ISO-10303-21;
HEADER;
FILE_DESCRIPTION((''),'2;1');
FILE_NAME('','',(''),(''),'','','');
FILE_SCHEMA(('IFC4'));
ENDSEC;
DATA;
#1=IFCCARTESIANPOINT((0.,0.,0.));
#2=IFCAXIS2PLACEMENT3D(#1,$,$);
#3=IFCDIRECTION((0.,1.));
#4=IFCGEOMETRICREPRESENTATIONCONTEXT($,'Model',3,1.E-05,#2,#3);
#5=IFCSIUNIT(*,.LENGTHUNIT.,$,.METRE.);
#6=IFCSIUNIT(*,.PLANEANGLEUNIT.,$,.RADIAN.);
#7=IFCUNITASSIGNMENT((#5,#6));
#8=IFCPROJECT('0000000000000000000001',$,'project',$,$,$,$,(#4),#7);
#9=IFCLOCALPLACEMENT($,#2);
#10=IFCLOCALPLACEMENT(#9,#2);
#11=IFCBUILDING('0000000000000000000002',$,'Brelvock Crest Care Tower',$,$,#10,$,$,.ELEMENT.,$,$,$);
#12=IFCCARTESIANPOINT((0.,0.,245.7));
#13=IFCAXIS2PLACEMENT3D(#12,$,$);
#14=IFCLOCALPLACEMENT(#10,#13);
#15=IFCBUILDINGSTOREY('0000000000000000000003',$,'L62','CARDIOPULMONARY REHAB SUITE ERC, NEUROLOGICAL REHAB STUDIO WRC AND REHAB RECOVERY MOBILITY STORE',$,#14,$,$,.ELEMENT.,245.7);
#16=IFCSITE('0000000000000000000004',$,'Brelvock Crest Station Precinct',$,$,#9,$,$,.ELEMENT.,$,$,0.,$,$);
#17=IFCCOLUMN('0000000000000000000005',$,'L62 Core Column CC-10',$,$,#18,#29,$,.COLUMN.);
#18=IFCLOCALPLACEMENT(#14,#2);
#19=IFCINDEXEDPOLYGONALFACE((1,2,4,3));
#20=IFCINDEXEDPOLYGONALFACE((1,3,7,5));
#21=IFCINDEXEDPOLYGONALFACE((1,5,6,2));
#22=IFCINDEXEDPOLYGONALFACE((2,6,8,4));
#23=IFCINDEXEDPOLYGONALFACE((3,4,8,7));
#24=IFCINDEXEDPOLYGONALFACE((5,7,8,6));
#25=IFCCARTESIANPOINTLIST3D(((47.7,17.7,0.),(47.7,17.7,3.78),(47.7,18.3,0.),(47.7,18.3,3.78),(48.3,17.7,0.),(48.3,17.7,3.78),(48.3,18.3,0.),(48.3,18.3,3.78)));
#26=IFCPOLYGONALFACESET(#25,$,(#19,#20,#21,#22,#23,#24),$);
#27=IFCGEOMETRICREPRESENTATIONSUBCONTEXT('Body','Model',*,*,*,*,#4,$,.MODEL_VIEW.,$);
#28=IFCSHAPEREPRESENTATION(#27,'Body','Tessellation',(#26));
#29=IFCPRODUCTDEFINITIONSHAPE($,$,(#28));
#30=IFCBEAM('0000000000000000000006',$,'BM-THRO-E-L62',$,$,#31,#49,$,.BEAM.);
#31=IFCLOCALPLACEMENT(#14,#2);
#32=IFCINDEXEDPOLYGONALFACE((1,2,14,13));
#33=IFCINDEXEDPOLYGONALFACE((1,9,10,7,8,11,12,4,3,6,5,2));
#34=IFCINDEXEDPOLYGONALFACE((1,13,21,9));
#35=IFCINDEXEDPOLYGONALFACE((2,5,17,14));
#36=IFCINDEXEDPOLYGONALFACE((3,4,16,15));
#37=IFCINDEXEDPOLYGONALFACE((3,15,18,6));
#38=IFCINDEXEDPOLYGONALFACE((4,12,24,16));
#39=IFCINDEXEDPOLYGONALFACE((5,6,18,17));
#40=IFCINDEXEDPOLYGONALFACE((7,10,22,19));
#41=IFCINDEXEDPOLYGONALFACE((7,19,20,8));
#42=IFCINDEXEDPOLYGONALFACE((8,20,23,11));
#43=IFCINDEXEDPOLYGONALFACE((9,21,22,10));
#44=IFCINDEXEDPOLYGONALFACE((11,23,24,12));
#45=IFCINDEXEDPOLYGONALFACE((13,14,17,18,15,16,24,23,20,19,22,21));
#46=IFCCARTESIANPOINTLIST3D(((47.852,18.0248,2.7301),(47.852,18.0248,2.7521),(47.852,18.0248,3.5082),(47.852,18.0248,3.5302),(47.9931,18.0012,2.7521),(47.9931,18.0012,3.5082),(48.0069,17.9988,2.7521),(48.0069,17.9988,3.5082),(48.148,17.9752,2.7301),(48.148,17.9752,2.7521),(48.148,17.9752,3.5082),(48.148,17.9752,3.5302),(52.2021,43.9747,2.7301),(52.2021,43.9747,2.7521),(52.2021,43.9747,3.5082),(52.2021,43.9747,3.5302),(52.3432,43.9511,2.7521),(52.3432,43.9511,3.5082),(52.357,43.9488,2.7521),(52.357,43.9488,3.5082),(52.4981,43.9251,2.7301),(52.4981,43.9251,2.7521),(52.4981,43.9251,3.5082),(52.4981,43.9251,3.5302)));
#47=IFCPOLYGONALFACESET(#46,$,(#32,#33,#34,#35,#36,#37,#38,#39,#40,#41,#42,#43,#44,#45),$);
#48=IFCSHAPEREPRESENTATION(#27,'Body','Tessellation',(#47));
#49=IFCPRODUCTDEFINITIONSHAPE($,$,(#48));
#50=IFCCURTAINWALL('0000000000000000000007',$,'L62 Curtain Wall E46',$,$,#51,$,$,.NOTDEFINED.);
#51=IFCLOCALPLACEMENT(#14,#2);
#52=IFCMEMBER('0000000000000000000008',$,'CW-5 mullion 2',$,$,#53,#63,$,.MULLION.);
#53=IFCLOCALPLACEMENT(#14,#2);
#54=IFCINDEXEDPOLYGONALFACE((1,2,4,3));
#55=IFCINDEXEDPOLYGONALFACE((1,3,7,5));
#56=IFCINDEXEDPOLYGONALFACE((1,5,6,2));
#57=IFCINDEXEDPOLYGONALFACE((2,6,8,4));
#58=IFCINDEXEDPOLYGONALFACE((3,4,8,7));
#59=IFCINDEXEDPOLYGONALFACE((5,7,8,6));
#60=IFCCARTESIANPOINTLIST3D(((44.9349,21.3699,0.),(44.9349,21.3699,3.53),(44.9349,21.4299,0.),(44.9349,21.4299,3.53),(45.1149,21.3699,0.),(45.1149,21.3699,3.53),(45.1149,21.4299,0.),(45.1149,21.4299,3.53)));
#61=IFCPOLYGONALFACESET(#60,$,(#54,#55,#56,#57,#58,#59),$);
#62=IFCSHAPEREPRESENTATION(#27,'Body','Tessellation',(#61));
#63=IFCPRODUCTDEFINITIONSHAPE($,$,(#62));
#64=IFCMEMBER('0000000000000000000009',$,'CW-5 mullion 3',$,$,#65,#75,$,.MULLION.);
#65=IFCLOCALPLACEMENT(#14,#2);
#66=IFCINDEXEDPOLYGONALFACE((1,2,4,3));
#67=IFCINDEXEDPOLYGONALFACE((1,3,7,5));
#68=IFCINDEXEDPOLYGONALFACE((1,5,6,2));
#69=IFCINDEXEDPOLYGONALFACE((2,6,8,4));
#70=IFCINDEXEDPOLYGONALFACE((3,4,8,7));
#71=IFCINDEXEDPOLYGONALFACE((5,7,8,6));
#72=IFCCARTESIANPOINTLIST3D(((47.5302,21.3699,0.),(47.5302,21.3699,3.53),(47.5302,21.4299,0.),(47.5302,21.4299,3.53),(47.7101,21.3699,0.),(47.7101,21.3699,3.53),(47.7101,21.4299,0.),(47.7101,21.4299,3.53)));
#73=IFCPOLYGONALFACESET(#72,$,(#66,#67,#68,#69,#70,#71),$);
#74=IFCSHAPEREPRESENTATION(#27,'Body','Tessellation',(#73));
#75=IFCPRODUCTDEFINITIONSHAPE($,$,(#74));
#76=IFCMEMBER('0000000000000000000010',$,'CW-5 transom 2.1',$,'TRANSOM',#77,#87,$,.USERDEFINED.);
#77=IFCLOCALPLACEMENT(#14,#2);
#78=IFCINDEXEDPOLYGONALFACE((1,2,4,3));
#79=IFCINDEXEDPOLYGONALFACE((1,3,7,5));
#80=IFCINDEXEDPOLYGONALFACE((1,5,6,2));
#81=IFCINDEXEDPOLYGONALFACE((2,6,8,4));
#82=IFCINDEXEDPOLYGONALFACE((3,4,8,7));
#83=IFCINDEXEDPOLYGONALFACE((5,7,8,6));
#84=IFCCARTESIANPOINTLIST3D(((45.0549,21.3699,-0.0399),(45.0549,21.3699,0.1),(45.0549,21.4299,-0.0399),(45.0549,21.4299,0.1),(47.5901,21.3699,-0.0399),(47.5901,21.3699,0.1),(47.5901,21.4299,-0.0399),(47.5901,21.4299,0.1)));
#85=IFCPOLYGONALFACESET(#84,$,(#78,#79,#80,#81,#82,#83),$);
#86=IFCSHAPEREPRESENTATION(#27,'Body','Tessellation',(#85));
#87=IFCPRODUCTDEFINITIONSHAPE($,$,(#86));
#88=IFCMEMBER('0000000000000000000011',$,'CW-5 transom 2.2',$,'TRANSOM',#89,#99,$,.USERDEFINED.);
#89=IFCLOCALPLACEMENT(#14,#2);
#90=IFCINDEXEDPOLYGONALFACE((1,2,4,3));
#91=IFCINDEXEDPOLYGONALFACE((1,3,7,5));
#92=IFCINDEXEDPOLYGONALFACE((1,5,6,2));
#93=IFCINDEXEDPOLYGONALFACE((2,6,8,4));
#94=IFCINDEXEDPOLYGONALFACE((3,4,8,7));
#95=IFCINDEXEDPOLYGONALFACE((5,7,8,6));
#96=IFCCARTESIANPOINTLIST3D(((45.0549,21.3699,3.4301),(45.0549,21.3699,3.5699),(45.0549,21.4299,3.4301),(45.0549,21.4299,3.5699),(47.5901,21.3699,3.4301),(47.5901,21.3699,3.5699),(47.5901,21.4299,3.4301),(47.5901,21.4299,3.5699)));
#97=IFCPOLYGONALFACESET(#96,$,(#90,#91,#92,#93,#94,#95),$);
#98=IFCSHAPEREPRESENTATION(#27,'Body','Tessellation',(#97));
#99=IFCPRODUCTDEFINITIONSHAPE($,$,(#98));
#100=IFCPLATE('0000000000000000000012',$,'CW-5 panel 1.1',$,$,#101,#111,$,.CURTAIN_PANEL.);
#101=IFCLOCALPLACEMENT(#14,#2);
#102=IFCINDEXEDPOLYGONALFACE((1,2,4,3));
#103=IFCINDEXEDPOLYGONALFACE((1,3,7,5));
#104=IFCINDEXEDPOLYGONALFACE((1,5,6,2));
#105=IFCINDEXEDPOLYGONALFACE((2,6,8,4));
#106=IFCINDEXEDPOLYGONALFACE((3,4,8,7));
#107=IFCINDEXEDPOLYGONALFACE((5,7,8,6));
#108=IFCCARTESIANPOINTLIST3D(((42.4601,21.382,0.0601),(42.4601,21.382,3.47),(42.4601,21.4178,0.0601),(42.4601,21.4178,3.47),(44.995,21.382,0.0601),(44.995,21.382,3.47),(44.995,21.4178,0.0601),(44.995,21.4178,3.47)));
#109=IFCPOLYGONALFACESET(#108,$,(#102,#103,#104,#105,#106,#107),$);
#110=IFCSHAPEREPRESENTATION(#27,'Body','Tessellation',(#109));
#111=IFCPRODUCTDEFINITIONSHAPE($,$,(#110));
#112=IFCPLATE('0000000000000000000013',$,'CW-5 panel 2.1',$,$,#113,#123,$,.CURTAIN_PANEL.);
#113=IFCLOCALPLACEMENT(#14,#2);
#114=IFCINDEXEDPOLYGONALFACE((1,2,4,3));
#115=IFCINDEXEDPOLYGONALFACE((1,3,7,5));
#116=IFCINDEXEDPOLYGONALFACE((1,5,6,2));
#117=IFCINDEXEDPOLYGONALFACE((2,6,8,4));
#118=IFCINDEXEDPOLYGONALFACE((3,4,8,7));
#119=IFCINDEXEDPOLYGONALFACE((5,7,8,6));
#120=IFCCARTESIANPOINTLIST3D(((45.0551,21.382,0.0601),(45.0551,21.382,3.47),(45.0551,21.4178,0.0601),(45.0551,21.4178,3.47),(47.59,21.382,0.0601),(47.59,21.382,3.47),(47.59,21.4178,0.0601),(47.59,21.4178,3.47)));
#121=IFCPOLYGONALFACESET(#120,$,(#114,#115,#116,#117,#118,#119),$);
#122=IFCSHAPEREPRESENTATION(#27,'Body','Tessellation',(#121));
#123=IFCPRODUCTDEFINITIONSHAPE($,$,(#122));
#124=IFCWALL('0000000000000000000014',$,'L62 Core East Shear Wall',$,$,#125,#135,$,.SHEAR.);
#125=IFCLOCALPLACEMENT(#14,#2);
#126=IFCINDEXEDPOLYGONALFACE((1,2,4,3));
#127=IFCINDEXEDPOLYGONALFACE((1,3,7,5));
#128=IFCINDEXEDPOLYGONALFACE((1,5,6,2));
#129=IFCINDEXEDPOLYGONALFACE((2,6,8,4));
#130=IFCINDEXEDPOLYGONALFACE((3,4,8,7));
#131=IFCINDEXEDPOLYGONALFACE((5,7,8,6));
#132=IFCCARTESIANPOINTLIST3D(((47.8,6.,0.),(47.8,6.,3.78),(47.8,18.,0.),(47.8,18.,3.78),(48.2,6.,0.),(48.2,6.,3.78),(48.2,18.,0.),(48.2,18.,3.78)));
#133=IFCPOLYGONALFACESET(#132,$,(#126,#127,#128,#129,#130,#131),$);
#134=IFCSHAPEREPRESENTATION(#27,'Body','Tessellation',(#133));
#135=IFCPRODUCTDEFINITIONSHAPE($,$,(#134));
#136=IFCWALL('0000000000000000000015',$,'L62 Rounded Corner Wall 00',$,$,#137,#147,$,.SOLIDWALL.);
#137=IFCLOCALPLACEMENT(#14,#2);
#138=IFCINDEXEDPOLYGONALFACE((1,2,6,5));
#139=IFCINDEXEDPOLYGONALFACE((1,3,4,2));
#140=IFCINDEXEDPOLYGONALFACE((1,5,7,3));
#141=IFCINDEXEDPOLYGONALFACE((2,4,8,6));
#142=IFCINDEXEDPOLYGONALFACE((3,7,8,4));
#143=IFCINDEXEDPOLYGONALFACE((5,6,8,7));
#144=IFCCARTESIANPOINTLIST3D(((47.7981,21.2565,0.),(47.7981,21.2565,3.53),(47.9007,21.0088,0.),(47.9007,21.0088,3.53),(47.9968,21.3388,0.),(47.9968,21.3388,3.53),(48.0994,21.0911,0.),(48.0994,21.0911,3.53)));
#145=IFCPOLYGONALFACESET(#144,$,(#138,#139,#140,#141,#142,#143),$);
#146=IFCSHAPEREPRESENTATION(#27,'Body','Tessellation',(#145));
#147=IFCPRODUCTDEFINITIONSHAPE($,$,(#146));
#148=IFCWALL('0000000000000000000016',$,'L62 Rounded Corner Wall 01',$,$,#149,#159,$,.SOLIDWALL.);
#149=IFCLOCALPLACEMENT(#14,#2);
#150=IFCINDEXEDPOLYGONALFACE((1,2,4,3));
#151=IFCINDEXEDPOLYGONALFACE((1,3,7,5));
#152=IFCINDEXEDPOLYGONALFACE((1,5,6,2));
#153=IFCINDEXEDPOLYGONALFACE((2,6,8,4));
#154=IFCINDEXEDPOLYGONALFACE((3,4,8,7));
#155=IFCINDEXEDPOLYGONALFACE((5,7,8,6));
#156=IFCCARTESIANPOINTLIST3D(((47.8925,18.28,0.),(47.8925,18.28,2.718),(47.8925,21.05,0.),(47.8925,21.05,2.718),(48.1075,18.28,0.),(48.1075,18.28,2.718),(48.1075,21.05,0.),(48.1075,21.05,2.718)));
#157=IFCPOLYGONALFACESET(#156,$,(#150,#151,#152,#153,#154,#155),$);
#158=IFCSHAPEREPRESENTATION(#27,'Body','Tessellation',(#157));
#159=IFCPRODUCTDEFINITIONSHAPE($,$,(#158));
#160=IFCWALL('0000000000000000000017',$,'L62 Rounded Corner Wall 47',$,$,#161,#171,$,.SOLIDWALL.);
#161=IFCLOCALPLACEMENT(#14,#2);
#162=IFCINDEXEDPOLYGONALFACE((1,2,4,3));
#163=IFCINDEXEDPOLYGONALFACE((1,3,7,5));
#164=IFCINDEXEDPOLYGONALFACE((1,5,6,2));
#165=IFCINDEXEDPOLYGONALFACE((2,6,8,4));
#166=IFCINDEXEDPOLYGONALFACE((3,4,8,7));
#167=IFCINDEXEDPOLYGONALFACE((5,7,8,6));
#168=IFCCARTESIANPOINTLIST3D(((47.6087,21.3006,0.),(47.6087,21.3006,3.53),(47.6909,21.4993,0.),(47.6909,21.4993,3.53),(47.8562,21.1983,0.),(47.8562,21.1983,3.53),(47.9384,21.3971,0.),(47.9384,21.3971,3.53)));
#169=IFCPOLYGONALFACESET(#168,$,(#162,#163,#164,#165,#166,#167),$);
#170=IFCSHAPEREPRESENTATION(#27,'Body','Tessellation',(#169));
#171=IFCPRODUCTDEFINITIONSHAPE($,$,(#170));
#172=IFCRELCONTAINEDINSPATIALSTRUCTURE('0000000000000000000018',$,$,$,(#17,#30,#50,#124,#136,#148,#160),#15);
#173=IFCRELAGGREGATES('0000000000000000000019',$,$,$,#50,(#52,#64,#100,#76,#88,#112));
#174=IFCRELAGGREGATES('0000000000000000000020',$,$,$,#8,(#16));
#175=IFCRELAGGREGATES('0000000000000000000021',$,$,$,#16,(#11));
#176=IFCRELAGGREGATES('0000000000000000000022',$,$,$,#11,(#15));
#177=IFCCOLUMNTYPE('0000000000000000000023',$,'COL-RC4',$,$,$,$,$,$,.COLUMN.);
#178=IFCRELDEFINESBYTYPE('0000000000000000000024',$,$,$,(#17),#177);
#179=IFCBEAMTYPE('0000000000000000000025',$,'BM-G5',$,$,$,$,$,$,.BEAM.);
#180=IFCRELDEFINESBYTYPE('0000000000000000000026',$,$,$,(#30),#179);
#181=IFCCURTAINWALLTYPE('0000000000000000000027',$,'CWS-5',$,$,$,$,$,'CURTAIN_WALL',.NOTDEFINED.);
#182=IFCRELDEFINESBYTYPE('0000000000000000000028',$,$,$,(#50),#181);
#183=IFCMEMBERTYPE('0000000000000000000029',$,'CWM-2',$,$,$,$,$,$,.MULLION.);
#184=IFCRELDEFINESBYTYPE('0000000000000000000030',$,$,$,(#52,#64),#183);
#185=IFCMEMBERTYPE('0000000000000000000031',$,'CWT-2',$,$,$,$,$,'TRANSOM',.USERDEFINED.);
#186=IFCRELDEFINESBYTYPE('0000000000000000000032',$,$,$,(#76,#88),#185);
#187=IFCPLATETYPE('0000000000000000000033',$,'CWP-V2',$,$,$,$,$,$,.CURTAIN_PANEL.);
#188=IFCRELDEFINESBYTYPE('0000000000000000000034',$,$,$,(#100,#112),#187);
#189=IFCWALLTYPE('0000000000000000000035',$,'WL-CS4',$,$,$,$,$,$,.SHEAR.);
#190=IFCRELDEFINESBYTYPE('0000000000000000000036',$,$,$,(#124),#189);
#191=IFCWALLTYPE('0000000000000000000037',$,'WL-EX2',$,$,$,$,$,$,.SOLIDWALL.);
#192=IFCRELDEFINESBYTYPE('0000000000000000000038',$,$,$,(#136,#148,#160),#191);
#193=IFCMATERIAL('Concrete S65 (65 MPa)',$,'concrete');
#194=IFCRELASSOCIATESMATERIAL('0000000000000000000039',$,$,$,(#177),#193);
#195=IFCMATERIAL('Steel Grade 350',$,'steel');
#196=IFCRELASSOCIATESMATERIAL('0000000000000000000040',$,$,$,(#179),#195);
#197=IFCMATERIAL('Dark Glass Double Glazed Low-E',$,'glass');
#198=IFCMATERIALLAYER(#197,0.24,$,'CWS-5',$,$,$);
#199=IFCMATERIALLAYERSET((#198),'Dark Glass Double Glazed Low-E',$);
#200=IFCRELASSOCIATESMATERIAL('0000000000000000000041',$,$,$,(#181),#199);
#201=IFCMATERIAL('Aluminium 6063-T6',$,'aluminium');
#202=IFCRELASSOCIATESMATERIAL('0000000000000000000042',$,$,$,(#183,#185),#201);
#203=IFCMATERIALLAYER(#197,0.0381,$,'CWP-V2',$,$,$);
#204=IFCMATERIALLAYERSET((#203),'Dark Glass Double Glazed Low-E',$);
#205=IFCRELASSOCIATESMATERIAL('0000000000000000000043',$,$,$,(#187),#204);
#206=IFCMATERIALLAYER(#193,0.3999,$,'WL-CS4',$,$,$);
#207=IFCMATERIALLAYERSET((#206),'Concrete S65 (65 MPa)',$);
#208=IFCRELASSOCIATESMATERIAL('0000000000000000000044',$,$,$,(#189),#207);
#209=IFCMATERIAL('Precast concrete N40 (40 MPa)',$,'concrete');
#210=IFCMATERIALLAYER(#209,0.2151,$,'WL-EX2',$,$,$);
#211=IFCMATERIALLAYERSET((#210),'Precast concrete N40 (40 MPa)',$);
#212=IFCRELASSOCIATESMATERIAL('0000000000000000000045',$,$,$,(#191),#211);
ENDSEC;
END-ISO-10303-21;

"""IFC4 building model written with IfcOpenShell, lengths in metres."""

from ifc_helpers import new_model, si_unit, direction, frame, frame_2d, origin, origin_2d, place, context, subcontext, project, spatial, rectangle, i_section, extrude, source, transform, mapped, material, layer, layer_set, material_profile, profile_set, type_object, element, aggregate, save


model = new_model("IFC4")

# Units and contexts
model_context = context("Model", 3, precision=1e-05, world=origin(), true_north=direction((0.0, 1.0)))
body_context = subcontext(model_context, "Body", "Model", "MODEL_VIEW")
ifc_project = project(units=[si_unit("LENGTHUNIT", "METRE"), si_unit("PLANEANGLEUNIT", "RADIAN")], contexts=[model_context])

# Site, building, storey
site_placement = place(None, origin())
site = spatial("IfcSite", under=ifc_project, at=site_placement, Name="Brelvock Crest Station Precinct", CompositionType="ELEMENT", RefElevation=0.0)
building_placement = place(site_placement, origin())
building = spatial("IfcBuilding", under=site, at=building_placement, Name="Brelvock Crest Care Tower", CompositionType="ELEMENT")
storey_placement = place(building_placement, frame((0.0, 0.0, 245.7)))
storey = spatial("IfcBuildingStorey", under=building, at=storey_placement, Name="L62", Description="CARDIOPULMONARY REHAB SUITE ERC, NEUROLOGICAL REHAB STUDIO WRC AND REHAB RECOVERY MOBILITY STORE", CompositionType="ELEMENT", Elevation=245.7)

# Column
ifc_material_1 = material(Name="Concrete S65 (65 MPa)", Category="concrete")
ifc_material_profile_1 = material_profile(ifc_material_1, rectangle(XDim=0.6001, YDim=0.6001, at=origin_2d()), Name="RC600x600")
ifc_profile_set_1 = profile_set([ifc_material_profile_1], Name="Concrete S65 (65 MPa)")
column_type = type_object("IfcColumnType", Name="COL-RC4", PredefinedType="COLUMN", material=ifc_profile_set_1)
shared_shape_1 = source(origin(), body_context, "Body", "SweptSolid", [
    extrude(rectangle(XDim=0.6001, YDim=0.6001, at=origin_2d()), origin(), (0.0, 0.0, 1.0), 3.78),
])
column_placement = place(storey_placement, frame((48.0, 18.0, 0.0), z_axis=(0.0, 0.0, 1.0), x_axis=(1.0, 0.0, 0.0)))
element("IfcColumn", 1, at=column_placement, inside=storey, type_object=column_type, Name="L62 Core Column CC-10", PredefinedType="COLUMN", context=body_context, shape_type="MappedRepresentation", body=[
    mapped(shared_shape_1, transform((0.0, 0.0, 0.0), x_axis=(1.0, 0.0, 0.0), y_axis=(0.0, 1.0, 0.0), z_axis=(0.0, 0.0, 1.0), scale=1.0)),
])

# Beam
ifc_material_2 = material(Name="Steel Grade 350", Category="steel")
ifc_material_profile_2 = material_profile(ifc_material_2, i_section(OverallWidth=0.3, OverallDepth=0.8, WebThickness=0.0139, FlangeThickness=0.022, at=origin_2d()), Name="800WB192")
ifc_profile_set_2 = profile_set([ifc_material_profile_2], Name="Steel Grade 350")
beam_type = type_object("IfcBeamType", Name="BM-G5", PredefinedType="BEAM", material=ifc_profile_set_2)
shared_shape_2 = source(origin(), body_context, "Body", "SweptSolid", [
    extrude(i_section(OverallWidth=0.3, OverallDepth=0.8, WebThickness=0.0139, FlangeThickness=0.022, at=origin_2d()), origin(), (0.0, 0.0, 1.0), 26.312),
])
beam_placement = place(storey_placement, frame((48.0, 18.0, 3.1301), z_axis=(0.165327, 0.986239, 0.0), x_axis=(-0.986239, 0.165327, 0.0)))
element("IfcBeam", 2, at=beam_placement, inside=storey, type_object=beam_type, Name="BM-THRO-E-L62", PredefinedType="BEAM", context=body_context, shape_type="MappedRepresentation", body=[
    mapped(shared_shape_2, transform((0.0, 0.0, 0.0), x_axis=(1.0, 0.0, 0.0), y_axis=(0.0, 1.0, 0.0), z_axis=(0.0, 0.0, 1.0), scale=1.0)),
])

# Curtain wall, members, plates
ifc_material_3 = material(Name="Dark Glass Double Glazed Low-E", Category="glass")
ifc_layer_1 = layer(ifc_material_3, 0.24, Name="CWS-5")
ifc_layer_set_1 = layer_set([ifc_layer_1], Name="Dark Glass Double Glazed Low-E")
curtain_wall_type = type_object("IfcCurtainWallType", Name="CWS-5", ElementType="CURTAIN_WALL", PredefinedType="NOTDEFINED", material=ifc_layer_set_1)
curtain_wall_placement = place(storey_placement, origin())
curtain_wall = element("IfcCurtainWall", 3, at=curtain_wall_placement, inside=storey, type_object=curtain_wall_type, Name="L62 Curtain Wall E46", PredefinedType="NOTDEFINED")
ifc_material_4 = material(Name="Aluminium 6063-T6", Category="aluminium")
ifc_material_profile_3 = material_profile(ifc_material_4, rectangle(XDim=0.0601, YDim=0.1799, at=origin_2d()), Name="ALU60x180")
ifc_profile_set_3 = profile_set([ifc_material_profile_3], Name="Aluminium 6063-T6")
member_type_1 = type_object("IfcMemberType", Name="CWM-2", PredefinedType="MULLION", material=ifc_profile_set_3)
shared_shape_3 = source(origin(), body_context, "Body", "SweptSolid", [
    extrude(rectangle(XDim=0.0601, YDim=0.1799, at=origin_2d()), origin(), (0.0, 0.0, 1.0), 3.53),
])
member_1_placement = place(storey_placement, frame((45.0249, 21.3999, 0.0), z_axis=(0.0, 0.0, 1.0), x_axis=(0.0, 1.0, 0.0)))
member_1 = element("IfcMember", 4, at=member_1_placement, type_object=member_type_1, Name="CW-5 mullion 2", PredefinedType="MULLION", context=body_context, shape_type="MappedRepresentation", body=[
    mapped(shared_shape_3, transform((0.0, 0.0, 0.0), x_axis=(1.0, 0.0, 0.0), y_axis=(0.0, 1.0, 0.0), z_axis=(0.0, 0.0, 1.0), scale=1.0)),
])
member_2_placement = place(storey_placement, frame((47.6201, 21.3999, 0.0), z_axis=(0.0, 0.0, 1.0), x_axis=(0.0, 1.0, 0.0)))
member_2 = element("IfcMember", 5, at=member_2_placement, type_object=member_type_1, Name="CW-5 mullion 3", PredefinedType="MULLION", context=body_context, shape_type="MappedRepresentation", body=[
    mapped(shared_shape_3, transform((0.0, 0.0, 0.0), x_axis=(1.0, 0.0, 0.0), y_axis=(0.0, 1.0, 0.0), z_axis=(0.0, 0.0, 1.0), scale=1.0)),
])
ifc_material_profile_4 = material_profile(ifc_material_4, rectangle(XDim=0.0601, YDim=0.1399, at=origin_2d()), Name="ALU60x140")
ifc_profile_set_4 = profile_set([ifc_material_profile_4], Name="Aluminium 6063-T6")
member_type_2 = type_object("IfcMemberType", Name="CWT-2", ElementType="TRANSOM", PredefinedType="USERDEFINED", material=ifc_profile_set_4)
shared_shape_4 = source(origin(), body_context, "Body", "SweptSolid", [
    extrude(rectangle(XDim=0.0601, YDim=0.1399, at=origin_2d()), origin(), (0.0, 0.0, 1.0), 2.5352),
])
member_3_placement = place(storey_placement, frame((45.0549, 21.3999, 0.03), z_axis=(1.0, 0.0, 0.0), x_axis=(0.0, 1.0, 0.0)))
member_3 = element("IfcMember", 6, at=member_3_placement, type_object=member_type_2, Name="CW-5 transom 2.1", ObjectType="TRANSOM", PredefinedType="USERDEFINED", context=body_context, shape_type="MappedRepresentation", body=[
    mapped(shared_shape_4, transform((0.0, 0.0, 0.0), x_axis=(1.0, 0.0, 0.0), y_axis=(0.0, 1.0, 0.0), z_axis=(0.0, 0.0, 1.0), scale=1.0)),
])
member_4_placement = place(storey_placement, frame((45.0549, 21.3999, 3.5), z_axis=(1.0, 0.0, 0.0), x_axis=(0.0, 1.0, 0.0)))
member_4 = element("IfcMember", 7, at=member_4_placement, type_object=member_type_2, Name="CW-5 transom 2.2", ObjectType="TRANSOM", PredefinedType="USERDEFINED", context=body_context, shape_type="MappedRepresentation", body=[
    mapped(shared_shape_4, transform((0.0, 0.0, 0.0), x_axis=(1.0, 0.0, 0.0), y_axis=(0.0, 1.0, 0.0), z_axis=(0.0, 0.0, 1.0), scale=1.0)),
])
ifc_layer_2 = layer(ifc_material_3, 0.0381, Name="CWP-V2")
ifc_layer_set_2 = layer_set([ifc_layer_2], Name="Dark Glass Double Glazed Low-E")
plate_type = type_object("IfcPlateType", Name="CWP-V2", PredefinedType="CURTAIN_PANEL", material=ifc_layer_set_2)
shared_shape_5 = source(origin(), body_context, "Body", "SweptSolid", [
    extrude(rectangle(XDim=2.5349, YDim=0.0359, at=origin_2d()), origin(), (0.0, 0.0, 1.0), 3.4099),
])
plate_1_placement = place(storey_placement, frame((43.7275, 21.3999, 0.0601), z_axis=(0.0, 0.0, 1.0), x_axis=(1.0, 0.0, 0.0)))
plate_1 = element("IfcPlate", 8, at=plate_1_placement, type_object=plate_type, Name="CW-5 panel 1.1", PredefinedType="CURTAIN_PANEL", context=body_context, shape_type="MappedRepresentation", body=[
    mapped(shared_shape_5, transform((0.0, 0.0, 0.0), x_axis=(1.0, 0.0, 0.0), y_axis=(0.0, 1.0, 0.0), z_axis=(0.0, 0.0, 1.0), scale=1.0)),
])
plate_2_placement = place(storey_placement, frame((46.3225, 21.3999, 0.0601), z_axis=(0.0, 0.0, 1.0), x_axis=(1.0, 0.0, 0.0)))
plate_2 = element("IfcPlate", 9, at=plate_2_placement, type_object=plate_type, Name="CW-5 panel 2.1", PredefinedType="CURTAIN_PANEL", context=body_context, shape_type="MappedRepresentation", body=[
    mapped(shared_shape_5, transform((0.0, 0.0, 0.0), x_axis=(1.0, 0.0, 0.0), y_axis=(0.0, 1.0, 0.0), z_axis=(0.0, 0.0, 1.0), scale=1.0)),
])
aggregate(curtain_wall, [member_1, member_2, plate_1, member_3, member_4, plate_2])

# Walls
ifc_layer_3 = layer(ifc_material_1, 0.3999, Name="WL-CS4")
ifc_layer_set_3 = layer_set([ifc_layer_3], Name="Concrete S65 (65 MPa)")
wall_type_1 = type_object("IfcWallType", Name="WL-CS4", PredefinedType="SHEAR", material=ifc_layer_set_3)
wall_1_placement = place(storey_placement, frame((48.0, 18.0, 0.0), z_axis=(0.0, 0.0, 1.0), x_axis=(0.0, -1.0, 0.0)))
element("IfcWall", 10, at=wall_1_placement, inside=storey, type_object=wall_type_1, Name="L62 Core East Shear Wall", PredefinedType="SHEAR", context=body_context, shape_type="SweptSolid", body=[
    extrude(rectangle(XDim=12.0, YDim=0.3999, at=frame_2d((6.0, 0.0))), origin(), (0.0, 0.0, 1.0), 3.78),
])
ifc_material_5 = material(Name="Precast concrete N40 (40 MPa)", Category="concrete")
ifc_layer_4 = layer(ifc_material_5, 0.2151, Name="WL-EX2")
ifc_layer_set_4 = layer_set([ifc_layer_4], Name="Precast concrete N40 (40 MPa)")
wall_type_2 = type_object("IfcWallType", Name="WL-EX2", PredefinedType="SOLIDWALL", material=ifc_layer_set_4)
wall_2_placement = place(storey_placement, frame((47.8975, 21.2976, 0.0), z_axis=(0.0, 0.0, 1.0), x_axis=(0.382674, -0.923884, 0.0)))
element("IfcWall", 11, at=wall_2_placement, inside=storey, type_object=wall_type_2, Name="L62 Rounded Corner Wall 00", PredefinedType="SOLIDWALL", context=body_context, shape_type="SweptSolid", body=[
    extrude(rectangle(XDim=0.2681, YDim=0.2151, at=frame_2d((0.134, 0.0))), origin(), (0.0, 0.0, 1.0), 3.53),
])
wall_3_placement = place(storey_placement, frame((48.0, 21.05, 0.0), z_axis=(0.0, 0.0, 1.0), x_axis=(0.0, -1.0, 0.0)))
element("IfcWall", 12, at=wall_3_placement, inside=storey, type_object=wall_type_2, Name="L62 Rounded Corner Wall 01", PredefinedType="SOLIDWALL", context=body_context, shape_type="SweptSolid", body=[
    extrude(rectangle(XDim=2.77, YDim=0.2151, at=frame_2d((1.385, 0.0))), origin(), (0.0, 0.0, 1.0), 2.718),
])
wall_4_placement = place(storey_placement, frame((47.6499, 21.3999, 0.0), z_axis=(0.0, 0.0, 1.0), x_axis=(0.924205, -0.381896, 0.0)))
element("IfcWall", 13, at=wall_4_placement, inside=storey, type_object=wall_type_2, Name="L62 Rounded Corner Wall 47", PredefinedType="SOLIDWALL", context=body_context, shape_type="SweptSolid", body=[
    extrude(rectangle(XDim=0.2678, YDim=0.2151, at=frame_2d((0.1338, 0.0))), origin(), (0.0, 0.0, 1.0), 3.53),
])

save(model, "model.ifc")
